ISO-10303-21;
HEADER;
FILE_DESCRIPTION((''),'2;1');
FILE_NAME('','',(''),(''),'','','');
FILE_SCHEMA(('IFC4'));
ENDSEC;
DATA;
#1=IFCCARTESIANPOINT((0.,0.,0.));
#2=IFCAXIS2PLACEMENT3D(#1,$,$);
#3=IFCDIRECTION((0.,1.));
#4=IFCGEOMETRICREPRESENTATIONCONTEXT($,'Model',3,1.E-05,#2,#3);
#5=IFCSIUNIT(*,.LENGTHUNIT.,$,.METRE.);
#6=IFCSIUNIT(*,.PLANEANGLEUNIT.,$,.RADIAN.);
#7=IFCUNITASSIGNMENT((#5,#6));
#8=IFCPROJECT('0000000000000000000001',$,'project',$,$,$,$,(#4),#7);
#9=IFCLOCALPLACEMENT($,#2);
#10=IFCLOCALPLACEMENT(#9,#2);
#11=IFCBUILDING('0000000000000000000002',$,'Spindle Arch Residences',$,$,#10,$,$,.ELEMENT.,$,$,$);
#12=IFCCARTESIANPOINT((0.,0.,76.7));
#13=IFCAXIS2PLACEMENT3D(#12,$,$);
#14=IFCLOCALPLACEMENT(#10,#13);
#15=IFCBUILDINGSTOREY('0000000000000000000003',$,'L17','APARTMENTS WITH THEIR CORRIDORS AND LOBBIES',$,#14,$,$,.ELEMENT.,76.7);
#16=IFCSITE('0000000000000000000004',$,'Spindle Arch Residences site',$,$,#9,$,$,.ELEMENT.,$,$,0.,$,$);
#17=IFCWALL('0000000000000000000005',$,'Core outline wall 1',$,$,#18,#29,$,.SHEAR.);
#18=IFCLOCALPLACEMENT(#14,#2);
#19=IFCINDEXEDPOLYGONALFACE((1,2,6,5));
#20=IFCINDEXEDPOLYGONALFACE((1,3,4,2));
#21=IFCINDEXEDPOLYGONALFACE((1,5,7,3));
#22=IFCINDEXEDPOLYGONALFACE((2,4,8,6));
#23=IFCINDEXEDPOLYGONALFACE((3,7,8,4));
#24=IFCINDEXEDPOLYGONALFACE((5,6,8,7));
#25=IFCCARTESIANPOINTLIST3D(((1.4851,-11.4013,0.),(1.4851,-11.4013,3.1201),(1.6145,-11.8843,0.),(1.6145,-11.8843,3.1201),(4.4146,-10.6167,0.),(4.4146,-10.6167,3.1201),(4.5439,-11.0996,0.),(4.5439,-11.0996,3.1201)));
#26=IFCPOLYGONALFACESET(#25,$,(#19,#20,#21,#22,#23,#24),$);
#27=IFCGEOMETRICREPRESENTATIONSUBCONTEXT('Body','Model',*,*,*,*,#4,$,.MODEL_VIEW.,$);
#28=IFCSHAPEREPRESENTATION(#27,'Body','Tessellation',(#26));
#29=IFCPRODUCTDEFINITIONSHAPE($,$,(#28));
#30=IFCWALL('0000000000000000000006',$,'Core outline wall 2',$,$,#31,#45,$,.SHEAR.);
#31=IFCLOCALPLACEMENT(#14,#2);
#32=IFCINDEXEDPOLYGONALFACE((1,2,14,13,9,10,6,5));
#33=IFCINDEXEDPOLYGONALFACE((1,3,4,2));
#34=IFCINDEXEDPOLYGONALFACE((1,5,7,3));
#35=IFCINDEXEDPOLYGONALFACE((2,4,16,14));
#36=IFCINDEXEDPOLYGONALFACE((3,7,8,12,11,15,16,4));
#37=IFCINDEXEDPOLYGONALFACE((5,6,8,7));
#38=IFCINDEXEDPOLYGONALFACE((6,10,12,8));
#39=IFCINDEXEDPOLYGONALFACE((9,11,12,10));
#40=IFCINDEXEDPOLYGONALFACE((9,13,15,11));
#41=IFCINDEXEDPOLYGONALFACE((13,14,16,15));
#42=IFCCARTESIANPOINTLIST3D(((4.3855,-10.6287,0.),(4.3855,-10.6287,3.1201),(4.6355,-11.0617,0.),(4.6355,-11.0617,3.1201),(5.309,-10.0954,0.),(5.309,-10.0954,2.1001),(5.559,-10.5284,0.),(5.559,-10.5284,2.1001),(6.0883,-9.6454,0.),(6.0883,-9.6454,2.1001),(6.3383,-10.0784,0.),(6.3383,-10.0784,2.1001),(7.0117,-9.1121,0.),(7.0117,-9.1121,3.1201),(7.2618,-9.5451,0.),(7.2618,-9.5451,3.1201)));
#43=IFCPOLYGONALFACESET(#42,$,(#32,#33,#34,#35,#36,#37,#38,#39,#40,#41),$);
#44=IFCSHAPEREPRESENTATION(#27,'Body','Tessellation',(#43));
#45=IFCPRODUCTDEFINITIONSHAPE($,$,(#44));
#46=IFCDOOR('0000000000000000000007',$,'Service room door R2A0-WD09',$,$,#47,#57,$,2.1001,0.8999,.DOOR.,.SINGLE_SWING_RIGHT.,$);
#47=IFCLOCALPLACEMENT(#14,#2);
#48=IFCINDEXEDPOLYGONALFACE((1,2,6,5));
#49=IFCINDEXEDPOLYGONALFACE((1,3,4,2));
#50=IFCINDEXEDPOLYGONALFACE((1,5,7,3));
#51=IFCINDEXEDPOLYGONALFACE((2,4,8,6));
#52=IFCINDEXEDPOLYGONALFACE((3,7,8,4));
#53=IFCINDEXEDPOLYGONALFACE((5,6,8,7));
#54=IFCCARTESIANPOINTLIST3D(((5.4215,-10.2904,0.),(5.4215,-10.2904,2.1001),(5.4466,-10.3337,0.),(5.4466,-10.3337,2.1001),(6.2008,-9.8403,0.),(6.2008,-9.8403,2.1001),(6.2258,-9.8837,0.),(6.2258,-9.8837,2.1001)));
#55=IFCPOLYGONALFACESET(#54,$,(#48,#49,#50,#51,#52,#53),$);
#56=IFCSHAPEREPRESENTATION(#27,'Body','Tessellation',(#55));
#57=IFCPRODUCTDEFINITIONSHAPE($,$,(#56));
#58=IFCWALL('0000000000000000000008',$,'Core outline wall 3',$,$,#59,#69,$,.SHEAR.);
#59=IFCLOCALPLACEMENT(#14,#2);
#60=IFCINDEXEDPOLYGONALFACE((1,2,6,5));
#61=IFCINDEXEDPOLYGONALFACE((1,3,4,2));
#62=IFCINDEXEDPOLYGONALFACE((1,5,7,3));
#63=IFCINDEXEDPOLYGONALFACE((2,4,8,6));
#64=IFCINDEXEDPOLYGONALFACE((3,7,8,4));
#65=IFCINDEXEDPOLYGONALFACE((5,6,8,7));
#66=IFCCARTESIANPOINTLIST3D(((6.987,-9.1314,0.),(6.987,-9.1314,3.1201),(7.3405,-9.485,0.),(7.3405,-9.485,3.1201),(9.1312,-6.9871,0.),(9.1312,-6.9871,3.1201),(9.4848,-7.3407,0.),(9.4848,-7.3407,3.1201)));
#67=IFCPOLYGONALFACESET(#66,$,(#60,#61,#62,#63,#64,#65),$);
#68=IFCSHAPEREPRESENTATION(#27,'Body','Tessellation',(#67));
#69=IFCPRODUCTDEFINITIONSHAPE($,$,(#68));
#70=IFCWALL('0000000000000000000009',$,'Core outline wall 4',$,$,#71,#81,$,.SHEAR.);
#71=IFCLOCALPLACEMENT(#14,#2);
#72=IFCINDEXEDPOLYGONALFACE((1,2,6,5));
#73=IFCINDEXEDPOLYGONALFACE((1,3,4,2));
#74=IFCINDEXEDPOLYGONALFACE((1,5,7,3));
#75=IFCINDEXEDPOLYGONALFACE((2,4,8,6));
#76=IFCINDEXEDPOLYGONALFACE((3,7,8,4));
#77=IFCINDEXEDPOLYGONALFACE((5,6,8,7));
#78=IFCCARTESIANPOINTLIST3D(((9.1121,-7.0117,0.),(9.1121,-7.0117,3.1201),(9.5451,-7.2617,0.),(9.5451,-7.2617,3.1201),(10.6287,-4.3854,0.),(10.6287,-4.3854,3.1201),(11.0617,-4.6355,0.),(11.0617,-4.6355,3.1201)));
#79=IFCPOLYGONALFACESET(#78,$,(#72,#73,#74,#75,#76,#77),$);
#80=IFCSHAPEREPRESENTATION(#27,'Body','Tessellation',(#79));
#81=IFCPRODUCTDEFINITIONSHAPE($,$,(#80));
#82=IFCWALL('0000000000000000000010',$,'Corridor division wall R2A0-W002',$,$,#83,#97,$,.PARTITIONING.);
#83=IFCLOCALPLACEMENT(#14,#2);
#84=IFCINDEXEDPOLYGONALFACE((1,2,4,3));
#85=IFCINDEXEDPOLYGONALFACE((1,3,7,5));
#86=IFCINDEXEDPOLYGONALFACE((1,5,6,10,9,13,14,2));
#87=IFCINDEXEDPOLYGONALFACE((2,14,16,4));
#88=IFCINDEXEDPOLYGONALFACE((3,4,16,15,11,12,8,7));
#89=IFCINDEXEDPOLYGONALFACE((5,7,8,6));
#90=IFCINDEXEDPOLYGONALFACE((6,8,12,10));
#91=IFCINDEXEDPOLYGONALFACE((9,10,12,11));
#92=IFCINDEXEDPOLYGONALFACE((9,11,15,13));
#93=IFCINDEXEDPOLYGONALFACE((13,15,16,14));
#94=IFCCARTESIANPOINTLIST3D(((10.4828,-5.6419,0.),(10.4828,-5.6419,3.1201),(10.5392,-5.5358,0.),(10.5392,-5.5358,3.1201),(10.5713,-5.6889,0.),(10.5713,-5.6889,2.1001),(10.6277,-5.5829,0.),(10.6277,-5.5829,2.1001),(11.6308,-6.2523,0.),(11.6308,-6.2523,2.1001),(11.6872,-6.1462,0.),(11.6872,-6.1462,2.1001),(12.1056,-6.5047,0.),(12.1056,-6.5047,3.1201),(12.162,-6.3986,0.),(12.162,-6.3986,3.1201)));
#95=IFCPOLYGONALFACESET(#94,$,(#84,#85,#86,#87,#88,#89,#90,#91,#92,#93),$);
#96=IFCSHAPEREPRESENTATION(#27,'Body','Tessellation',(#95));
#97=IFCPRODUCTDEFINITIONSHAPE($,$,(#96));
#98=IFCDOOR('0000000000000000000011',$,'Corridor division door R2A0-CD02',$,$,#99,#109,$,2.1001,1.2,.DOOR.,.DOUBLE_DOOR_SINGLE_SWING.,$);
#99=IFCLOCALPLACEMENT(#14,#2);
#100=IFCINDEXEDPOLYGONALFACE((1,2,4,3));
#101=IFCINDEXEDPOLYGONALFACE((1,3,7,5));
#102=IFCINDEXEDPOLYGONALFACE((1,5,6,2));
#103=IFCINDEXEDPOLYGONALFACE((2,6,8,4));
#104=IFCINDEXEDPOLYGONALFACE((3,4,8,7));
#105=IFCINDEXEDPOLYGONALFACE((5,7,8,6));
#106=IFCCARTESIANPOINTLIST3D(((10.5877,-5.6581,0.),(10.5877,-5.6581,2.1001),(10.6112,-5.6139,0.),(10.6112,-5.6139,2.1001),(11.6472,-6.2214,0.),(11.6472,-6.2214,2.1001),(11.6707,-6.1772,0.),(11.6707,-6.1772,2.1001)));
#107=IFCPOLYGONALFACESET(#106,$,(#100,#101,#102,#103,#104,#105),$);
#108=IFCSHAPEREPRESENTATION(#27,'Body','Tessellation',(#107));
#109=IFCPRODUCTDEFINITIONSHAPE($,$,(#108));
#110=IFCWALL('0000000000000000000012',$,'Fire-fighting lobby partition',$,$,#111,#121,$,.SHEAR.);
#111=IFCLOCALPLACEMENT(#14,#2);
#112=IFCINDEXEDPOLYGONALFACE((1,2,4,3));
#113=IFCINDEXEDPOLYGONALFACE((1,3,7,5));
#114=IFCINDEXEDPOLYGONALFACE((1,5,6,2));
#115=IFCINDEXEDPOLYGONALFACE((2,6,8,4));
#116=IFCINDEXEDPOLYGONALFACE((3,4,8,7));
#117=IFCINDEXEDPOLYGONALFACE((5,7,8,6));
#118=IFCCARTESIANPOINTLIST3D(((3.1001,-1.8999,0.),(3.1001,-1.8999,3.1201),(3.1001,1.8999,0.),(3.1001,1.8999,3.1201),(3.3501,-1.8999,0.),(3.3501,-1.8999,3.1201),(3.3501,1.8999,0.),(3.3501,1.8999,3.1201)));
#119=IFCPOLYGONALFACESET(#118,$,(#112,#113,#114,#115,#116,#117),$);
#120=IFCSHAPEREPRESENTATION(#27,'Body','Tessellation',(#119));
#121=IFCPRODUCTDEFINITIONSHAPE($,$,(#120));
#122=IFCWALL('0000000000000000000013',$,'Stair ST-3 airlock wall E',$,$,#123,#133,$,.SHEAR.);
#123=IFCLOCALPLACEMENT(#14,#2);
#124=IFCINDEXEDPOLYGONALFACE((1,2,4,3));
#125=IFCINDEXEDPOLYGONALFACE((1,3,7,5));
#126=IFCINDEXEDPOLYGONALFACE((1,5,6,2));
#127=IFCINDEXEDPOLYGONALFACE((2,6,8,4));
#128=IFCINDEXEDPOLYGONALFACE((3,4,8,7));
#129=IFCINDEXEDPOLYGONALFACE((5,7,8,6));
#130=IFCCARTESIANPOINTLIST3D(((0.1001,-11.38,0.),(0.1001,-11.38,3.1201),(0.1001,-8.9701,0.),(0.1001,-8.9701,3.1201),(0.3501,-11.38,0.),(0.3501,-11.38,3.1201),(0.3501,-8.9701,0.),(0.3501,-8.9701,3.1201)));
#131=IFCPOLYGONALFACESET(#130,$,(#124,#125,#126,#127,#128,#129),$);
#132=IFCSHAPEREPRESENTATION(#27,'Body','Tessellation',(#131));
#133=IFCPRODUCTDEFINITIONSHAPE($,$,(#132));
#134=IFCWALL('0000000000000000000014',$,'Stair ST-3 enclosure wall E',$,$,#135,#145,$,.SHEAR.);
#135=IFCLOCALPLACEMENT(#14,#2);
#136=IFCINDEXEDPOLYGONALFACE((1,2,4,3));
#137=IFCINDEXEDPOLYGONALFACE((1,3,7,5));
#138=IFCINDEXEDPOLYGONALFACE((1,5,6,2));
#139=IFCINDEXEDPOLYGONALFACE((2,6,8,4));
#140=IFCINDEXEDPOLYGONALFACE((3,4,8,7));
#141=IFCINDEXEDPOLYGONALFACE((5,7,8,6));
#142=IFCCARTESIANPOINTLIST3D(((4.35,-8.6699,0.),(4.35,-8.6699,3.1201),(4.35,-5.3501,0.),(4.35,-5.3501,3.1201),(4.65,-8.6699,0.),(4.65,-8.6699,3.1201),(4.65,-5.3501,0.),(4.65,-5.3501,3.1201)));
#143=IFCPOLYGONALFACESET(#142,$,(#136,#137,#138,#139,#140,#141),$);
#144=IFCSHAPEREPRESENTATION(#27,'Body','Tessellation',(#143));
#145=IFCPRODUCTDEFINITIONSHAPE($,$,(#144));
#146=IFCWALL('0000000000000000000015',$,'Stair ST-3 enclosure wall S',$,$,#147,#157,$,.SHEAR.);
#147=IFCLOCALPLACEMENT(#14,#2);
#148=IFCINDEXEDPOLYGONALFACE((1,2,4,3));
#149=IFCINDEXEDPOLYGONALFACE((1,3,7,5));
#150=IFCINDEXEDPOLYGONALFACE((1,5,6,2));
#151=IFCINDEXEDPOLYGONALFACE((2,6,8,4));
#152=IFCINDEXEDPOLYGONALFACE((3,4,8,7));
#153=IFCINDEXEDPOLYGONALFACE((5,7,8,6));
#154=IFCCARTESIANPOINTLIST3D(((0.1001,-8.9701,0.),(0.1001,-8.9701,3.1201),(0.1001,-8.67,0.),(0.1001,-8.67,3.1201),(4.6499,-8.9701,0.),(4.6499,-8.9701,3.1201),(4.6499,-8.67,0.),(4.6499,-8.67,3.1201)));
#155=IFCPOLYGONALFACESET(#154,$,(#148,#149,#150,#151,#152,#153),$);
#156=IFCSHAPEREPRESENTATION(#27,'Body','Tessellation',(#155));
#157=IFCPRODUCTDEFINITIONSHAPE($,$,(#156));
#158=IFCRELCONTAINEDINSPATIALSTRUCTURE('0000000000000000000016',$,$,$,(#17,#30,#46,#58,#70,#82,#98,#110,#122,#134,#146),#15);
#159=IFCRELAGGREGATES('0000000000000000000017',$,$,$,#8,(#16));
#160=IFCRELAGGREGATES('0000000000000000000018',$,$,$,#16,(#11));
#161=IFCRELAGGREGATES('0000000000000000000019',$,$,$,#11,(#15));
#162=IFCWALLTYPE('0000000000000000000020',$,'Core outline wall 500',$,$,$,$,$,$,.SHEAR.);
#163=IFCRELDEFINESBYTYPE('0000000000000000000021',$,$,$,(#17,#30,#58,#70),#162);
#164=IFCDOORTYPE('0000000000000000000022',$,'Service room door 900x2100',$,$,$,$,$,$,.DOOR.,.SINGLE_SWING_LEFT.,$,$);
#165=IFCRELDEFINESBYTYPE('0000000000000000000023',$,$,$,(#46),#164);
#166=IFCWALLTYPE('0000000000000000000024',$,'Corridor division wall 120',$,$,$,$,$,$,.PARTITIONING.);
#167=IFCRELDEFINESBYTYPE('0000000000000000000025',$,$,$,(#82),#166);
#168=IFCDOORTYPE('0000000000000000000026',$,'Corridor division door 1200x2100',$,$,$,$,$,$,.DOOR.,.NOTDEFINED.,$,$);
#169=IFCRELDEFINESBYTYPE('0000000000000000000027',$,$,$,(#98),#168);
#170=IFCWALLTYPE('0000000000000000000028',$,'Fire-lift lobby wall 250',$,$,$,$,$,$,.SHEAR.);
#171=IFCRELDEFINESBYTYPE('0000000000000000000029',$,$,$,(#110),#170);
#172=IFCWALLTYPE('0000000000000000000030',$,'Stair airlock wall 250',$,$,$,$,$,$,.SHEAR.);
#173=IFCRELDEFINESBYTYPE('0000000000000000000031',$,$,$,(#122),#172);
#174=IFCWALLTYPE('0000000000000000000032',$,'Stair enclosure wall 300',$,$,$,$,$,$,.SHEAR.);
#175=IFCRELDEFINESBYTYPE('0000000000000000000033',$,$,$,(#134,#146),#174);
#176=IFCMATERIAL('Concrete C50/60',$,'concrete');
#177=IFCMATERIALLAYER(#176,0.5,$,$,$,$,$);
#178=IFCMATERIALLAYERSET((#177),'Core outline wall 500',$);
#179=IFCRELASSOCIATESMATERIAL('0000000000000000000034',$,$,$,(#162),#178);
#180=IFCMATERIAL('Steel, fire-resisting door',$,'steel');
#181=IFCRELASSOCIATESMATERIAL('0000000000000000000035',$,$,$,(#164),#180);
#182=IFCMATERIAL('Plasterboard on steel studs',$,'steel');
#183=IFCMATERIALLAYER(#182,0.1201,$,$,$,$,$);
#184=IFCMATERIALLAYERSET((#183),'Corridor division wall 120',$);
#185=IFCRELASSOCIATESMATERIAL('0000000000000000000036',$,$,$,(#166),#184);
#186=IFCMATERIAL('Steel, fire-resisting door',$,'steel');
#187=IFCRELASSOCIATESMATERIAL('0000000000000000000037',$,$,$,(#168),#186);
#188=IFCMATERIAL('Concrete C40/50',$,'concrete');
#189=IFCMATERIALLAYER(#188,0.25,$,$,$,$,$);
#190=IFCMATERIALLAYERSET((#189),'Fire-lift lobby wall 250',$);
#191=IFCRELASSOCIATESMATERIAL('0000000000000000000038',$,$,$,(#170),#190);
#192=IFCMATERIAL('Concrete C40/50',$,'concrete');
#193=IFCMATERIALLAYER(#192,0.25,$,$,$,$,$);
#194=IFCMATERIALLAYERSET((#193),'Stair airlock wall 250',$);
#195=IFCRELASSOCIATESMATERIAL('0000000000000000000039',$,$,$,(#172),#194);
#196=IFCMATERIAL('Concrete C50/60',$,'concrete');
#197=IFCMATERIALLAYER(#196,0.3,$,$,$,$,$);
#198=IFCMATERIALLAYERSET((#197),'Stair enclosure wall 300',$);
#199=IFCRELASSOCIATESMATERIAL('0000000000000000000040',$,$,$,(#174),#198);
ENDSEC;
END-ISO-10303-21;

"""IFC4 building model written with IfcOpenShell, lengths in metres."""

from ifc_helpers import new_model, si_unit, direction, frame, frame_2d, origin, place, context, subcontext, project, spatial, rectangle, extrude, material, layer, layer_set, type_object, element, fill, save


model = new_model("IFC4")

# Units and contexts
model_context = context("Model", 3, precision=1e-05, world=origin(), true_north=direction((0.0, 1.0)))
body_context = subcontext(model_context, "Body", "Model", "MODEL_VIEW")
ifc_project = project(units=[si_unit("LENGTHUNIT", "METRE"), si_unit("PLANEANGLEUNIT", "RADIAN")], contexts=[model_context])

# Site, building, storey
site_placement = place(None, origin())
site = spatial("IfcSite", under=ifc_project, at=site_placement, Name="Spindle Arch Residences site", CompositionType="ELEMENT", RefElevation=0.0)
building_placement = place(site_placement, origin())
building = spatial("IfcBuilding", under=site, at=building_placement, Name="Spindle Arch Residences", CompositionType="ELEMENT")
storey_placement = place(building_placement, frame((0.0, 0.0, 76.7)))
storey = spatial("IfcBuildingStorey", under=building, at=storey_placement, Name="L17", Description="APARTMENTS WITH THEIR CORRIDORS AND LOBBIES", CompositionType="ELEMENT", Elevation=76.7)

# Wall
ifc_material_1 = material(Name="Concrete C50/60", Category="concrete")
ifc_layer_1 = layer(ifc_material_1, 0.5)
ifc_layer_set_1 = layer_set([ifc_layer_1], Name="Core outline wall 500")
wall_type_1 = type_object("IfcWallType", Name="Core outline wall 500", PredefinedType="SHEAR", material=ifc_layer_set_1)
wall_1_placement = place(storey_placement, frame((1.5498, -11.6428, 0.0), z_axis=(0.0, 0.0, 1.0), x_axis=(0.965948, 0.258735, 0.0)))
element("IfcWall", 1, at=wall_1_placement, inside=storey, type_object=wall_type_1, Name="Core outline wall 1", PredefinedType="SHEAR", context=body_context, shape_type="SweptSolid", body=[
    extrude(rectangle(XDim=3.0327, YDim=0.5, at=frame_2d((1.5164, 0.0))), origin(), (0.0, 0.0, 1.0), 3.1201),
])

# Wall, opening, door
wall_2_placement = place(storey_placement, frame((4.5105, -10.8452, 0.0), z_axis=(0.0, 0.0, 1.0), x_axis=(0.865975, 0.500087, 0.0)))
wall_2 = element("IfcWall", 2, at=wall_2_placement, inside=storey, type_object=wall_type_1, Name="Core outline wall 2", PredefinedType="SHEAR", context=body_context, shape_type="SweptSolid", body=[
    extrude(rectangle(XDim=3.0327, YDim=0.5, at=frame_2d((1.5164, 0.0))), origin(), (0.0, 0.0, 1.0), 3.1201),
])
opening_1_placement = place(wall_2_placement, frame((1.0664, 0.0, 0.0)))
opening_1 = element("IfcOpeningElement", 3, at=opening_1_placement, cuts=wall_2, PredefinedType="OPENING", context=body_context, shape_type="SweptSolid", body=[
    extrude(rectangle(XDim=0.8999, YDim=2.1001, at=frame_2d((0.45, 1.05))), frame((0.0, 0.26, 0.0), z_axis=(0.0, -1.0, 0.0), x_axis=(1.0, 0.0, 0.0)), (0.0, 0.0, 1.0), 0.52),
])
ifc_material_2 = material(Name="Steel, fire-resisting door", Category="steel")
door_type_1 = type_object("IfcDoorType", Name="Service room door 900x2100", OperationType="SINGLE_SWING_LEFT", PredefinedType="DOOR", material=ifc_material_2)
door_1_placement = place(opening_1_placement, origin())
door_1 = element("IfcDoor", 4, at=door_1_placement, inside=storey, type_object=door_type_1, Name="Service room door R2A0-WD09", OperationType="SINGLE_SWING_RIGHT", OverallHeight=2.1001, OverallWidth=0.8999, PredefinedType="DOOR", context=body_context, shape_type="SweptSolid", body=[
    extrude(rectangle(XDim=0.8999, YDim=2.1001, at=frame_2d((0.45, 1.05))), frame((0.0, 0.0249, 0.0), z_axis=(0.0, -1.0, 0.0), x_axis=(1.0, 0.0, 0.0)), (0.0, 0.0, 1.0), 0.05),
])
fill(opening_1, door_1)

# Walls
wall_3_placement = place(storey_placement, frame((7.1638, -9.3081, 0.0), z_axis=(0.0, 0.0, 1.0), x_axis=(0.707107, 0.707107, 0.0)))
element("IfcWall", 5, at=wall_3_placement, inside=storey, type_object=wall_type_1, Name="Core outline wall 3", PredefinedType="SHEAR", context=body_context, shape_type="SweptSolid", body=[
    extrude(rectangle(XDim=3.0325, YDim=0.5, at=frame_2d((1.5161, 0.0))), origin(), (0.0, 0.0, 1.0), 3.1201),
])
wall_4_placement = place(storey_placement, frame((9.3286, -7.1367, 0.0), z_axis=(0.0, 0.0, 1.0), x_axis=(0.500087, 0.865975, 0.0)))
element("IfcWall", 6, at=wall_4_placement, inside=storey, type_object=wall_type_1, Name="Core outline wall 4", PredefinedType="SHEAR", context=body_context, shape_type="SweptSolid", body=[
    extrude(rectangle(XDim=3.0327, YDim=0.5, at=frame_2d((1.5164, 0.0))), origin(), (0.0, 0.0, 1.0), 3.1201),
])

# Wall, opening, door
ifc_material_3 = material(Name="Plasterboard on steel studs", Category="steel")
ifc_layer_2 = layer(ifc_material_3, 0.1201)
ifc_layer_set_2 = layer_set([ifc_layer_2], Name="Corridor division wall 120")
wall_type_2 = type_object("IfcWallType", Name="Corridor division wall 120", PredefinedType="PARTITIONING", material=ifc_layer_set_2)
wall_5_placement = place(storey_placement, frame((10.511, -5.5889, 0.0), z_axis=(0.0, 0.0, 1.0), x_axis=(0.882963, -0.469443, 0.0)))
wall_5 = element("IfcWall", 7, at=wall_5_placement, inside=storey, type_object=wall_type_2, Name="Corridor division wall R2A0-W002", PredefinedType="PARTITIONING", context=body_context, shape_type="SweptSolid", body=[
    extrude(rectangle(XDim=1.8379, YDim=0.1201, at=frame_2d((0.9189, 0.0))), origin(), (0.0, 0.0, 1.0), 3.1201),
])
opening_2_placement = place(wall_5_placement, frame((0.1001, 0.0, 0.0)))
opening_2 = element("IfcOpeningElement", 8, at=opening_2_placement, cuts=wall_5, PredefinedType="OPENING", context=body_context, shape_type="SweptSolid", body=[
    extrude(rectangle(XDim=1.2, YDim=2.1001, at=frame_2d((0.6001, 1.05))), frame((0.0, 0.0701, 0.0), z_axis=(0.0, -1.0, 0.0), x_axis=(1.0, 0.0, 0.0)), (0.0, 0.0, 1.0), 0.1401),
])
ifc_material_4 = material(Name="Steel, fire-resisting door", Category="steel")
door_type_2 = type_object("IfcDoorType", Name="Corridor division door 1200x2100", OperationType="NOTDEFINED", PredefinedType="DOOR", material=ifc_material_4)
door_2_placement = place(opening_2_placement, origin())
door_2 = element("IfcDoor", 9, at=door_2_placement, inside=storey, type_object=door_type_2, Name="Corridor division door R2A0-CD02", OperationType="DOUBLE_DOOR_SINGLE_SWING", OverallHeight=2.1001, OverallWidth=1.2, PredefinedType="DOOR", context=body_context, shape_type="SweptSolid", body=[
    extrude(rectangle(XDim=1.2, YDim=2.1001, at=frame_2d((0.6001, 1.05))), frame((0.0, 0.0249, 0.0), z_axis=(0.0, -1.0, 0.0), x_axis=(1.0, 0.0, 0.0)), (0.0, 0.0, 1.0), 0.05),
])
fill(opening_2, door_2)

# Wall
ifc_material_5 = material(Name="Concrete C40/50", Category="concrete")
ifc_layer_3 = layer(ifc_material_5, 0.25)
ifc_layer_set_3 = layer_set([ifc_layer_3], Name="Fire-lift lobby wall 250")
wall_type_3 = type_object("IfcWallType", Name="Fire-lift lobby wall 250", PredefinedType="SHEAR", material=ifc_layer_set_3)
wall_6_placement = place(storey_placement, frame((3.2251, -1.8999, 0.0), z_axis=(0.0, 0.0, 1.0), x_axis=(0.0, 1.0, 0.0)))
element("IfcWall", 10, at=wall_6_placement, inside=storey, type_object=wall_type_3, Name="Fire-fighting lobby partition", PredefinedType="SHEAR", context=body_context, shape_type="SweptSolid", body=[
    extrude(rectangle(XDim=3.7998, YDim=0.25, at=frame_2d((1.8999, 0.0))), origin(), (0.0, 0.0, 1.0), 3.1201),
])

# Walls
ifc_material_6 = material(Name="Concrete C40/50", Category="concrete")
ifc_layer_4 = layer(ifc_material_6, 0.25)
ifc_layer_set_4 = layer_set([ifc_layer_4], Name="Stair airlock wall 250")
wall_type_4 = type_object("IfcWallType", Name="Stair airlock wall 250", PredefinedType="SHEAR", material=ifc_layer_set_4)
wall_7_placement = place(storey_placement, frame((0.2251, -8.97, 0.0), z_axis=(0.0, 0.0, 1.0), x_axis=(0.0, -1.0, 0.0)))
element("IfcWall", 11, at=wall_7_placement, inside=storey, type_object=wall_type_4, Name="Stair ST-3 airlock wall E", PredefinedType="SHEAR", context=body_context, shape_type="SweptSolid", body=[
    extrude(rectangle(XDim=2.4099, YDim=0.25, at=frame_2d((1.2051, 0.0))), origin(), (0.0, 0.0, 1.0), 3.1201),
])
ifc_material_7 = material(Name="Concrete C50/60", Category="concrete")
ifc_layer_5 = layer(ifc_material_7, 0.3)
ifc_layer_set_5 = layer_set([ifc_layer_5], Name="Stair enclosure wall 300")
wall_type_5 = type_object("IfcWallType", Name="Stair enclosure wall 300", PredefinedType="SHEAR", material=ifc_layer_set_5)
wall_8_placement = place(storey_placement, frame((4.5, -8.6699, 0.0), z_axis=(0.0, 0.0, 1.0), x_axis=(0.0, 1.0, 0.0)))
element("IfcWall", 12, at=wall_8_placement, inside=storey, type_object=wall_type_5, Name="Stair ST-3 enclosure wall E", PredefinedType="SHEAR", context=body_context, shape_type="SweptSolid", body=[
    extrude(rectangle(XDim=3.3198, YDim=0.3, at=frame_2d((1.6599, 0.0))), origin(), (0.0, 0.0, 1.0), 3.1201),
])
wall_9_placement = place(storey_placement, frame((0.1001, -8.8201, 0.0), z_axis=(0.0, 0.0, 1.0), x_axis=(1.0, 0.0, 0.0)))
element("IfcWall", 13, at=wall_9_placement, inside=storey, type_object=wall_type_5, Name="Stair ST-3 enclosure wall S", PredefinedType="SHEAR", context=body_context, shape_type="SweptSolid", body=[
    extrude(rectangle(XDim=4.5498, YDim=0.3, at=frame_2d((2.2749, 0.0))), origin(), (0.0, 0.0, 1.0), 3.1201),
])

save(model, "model.ifc")
